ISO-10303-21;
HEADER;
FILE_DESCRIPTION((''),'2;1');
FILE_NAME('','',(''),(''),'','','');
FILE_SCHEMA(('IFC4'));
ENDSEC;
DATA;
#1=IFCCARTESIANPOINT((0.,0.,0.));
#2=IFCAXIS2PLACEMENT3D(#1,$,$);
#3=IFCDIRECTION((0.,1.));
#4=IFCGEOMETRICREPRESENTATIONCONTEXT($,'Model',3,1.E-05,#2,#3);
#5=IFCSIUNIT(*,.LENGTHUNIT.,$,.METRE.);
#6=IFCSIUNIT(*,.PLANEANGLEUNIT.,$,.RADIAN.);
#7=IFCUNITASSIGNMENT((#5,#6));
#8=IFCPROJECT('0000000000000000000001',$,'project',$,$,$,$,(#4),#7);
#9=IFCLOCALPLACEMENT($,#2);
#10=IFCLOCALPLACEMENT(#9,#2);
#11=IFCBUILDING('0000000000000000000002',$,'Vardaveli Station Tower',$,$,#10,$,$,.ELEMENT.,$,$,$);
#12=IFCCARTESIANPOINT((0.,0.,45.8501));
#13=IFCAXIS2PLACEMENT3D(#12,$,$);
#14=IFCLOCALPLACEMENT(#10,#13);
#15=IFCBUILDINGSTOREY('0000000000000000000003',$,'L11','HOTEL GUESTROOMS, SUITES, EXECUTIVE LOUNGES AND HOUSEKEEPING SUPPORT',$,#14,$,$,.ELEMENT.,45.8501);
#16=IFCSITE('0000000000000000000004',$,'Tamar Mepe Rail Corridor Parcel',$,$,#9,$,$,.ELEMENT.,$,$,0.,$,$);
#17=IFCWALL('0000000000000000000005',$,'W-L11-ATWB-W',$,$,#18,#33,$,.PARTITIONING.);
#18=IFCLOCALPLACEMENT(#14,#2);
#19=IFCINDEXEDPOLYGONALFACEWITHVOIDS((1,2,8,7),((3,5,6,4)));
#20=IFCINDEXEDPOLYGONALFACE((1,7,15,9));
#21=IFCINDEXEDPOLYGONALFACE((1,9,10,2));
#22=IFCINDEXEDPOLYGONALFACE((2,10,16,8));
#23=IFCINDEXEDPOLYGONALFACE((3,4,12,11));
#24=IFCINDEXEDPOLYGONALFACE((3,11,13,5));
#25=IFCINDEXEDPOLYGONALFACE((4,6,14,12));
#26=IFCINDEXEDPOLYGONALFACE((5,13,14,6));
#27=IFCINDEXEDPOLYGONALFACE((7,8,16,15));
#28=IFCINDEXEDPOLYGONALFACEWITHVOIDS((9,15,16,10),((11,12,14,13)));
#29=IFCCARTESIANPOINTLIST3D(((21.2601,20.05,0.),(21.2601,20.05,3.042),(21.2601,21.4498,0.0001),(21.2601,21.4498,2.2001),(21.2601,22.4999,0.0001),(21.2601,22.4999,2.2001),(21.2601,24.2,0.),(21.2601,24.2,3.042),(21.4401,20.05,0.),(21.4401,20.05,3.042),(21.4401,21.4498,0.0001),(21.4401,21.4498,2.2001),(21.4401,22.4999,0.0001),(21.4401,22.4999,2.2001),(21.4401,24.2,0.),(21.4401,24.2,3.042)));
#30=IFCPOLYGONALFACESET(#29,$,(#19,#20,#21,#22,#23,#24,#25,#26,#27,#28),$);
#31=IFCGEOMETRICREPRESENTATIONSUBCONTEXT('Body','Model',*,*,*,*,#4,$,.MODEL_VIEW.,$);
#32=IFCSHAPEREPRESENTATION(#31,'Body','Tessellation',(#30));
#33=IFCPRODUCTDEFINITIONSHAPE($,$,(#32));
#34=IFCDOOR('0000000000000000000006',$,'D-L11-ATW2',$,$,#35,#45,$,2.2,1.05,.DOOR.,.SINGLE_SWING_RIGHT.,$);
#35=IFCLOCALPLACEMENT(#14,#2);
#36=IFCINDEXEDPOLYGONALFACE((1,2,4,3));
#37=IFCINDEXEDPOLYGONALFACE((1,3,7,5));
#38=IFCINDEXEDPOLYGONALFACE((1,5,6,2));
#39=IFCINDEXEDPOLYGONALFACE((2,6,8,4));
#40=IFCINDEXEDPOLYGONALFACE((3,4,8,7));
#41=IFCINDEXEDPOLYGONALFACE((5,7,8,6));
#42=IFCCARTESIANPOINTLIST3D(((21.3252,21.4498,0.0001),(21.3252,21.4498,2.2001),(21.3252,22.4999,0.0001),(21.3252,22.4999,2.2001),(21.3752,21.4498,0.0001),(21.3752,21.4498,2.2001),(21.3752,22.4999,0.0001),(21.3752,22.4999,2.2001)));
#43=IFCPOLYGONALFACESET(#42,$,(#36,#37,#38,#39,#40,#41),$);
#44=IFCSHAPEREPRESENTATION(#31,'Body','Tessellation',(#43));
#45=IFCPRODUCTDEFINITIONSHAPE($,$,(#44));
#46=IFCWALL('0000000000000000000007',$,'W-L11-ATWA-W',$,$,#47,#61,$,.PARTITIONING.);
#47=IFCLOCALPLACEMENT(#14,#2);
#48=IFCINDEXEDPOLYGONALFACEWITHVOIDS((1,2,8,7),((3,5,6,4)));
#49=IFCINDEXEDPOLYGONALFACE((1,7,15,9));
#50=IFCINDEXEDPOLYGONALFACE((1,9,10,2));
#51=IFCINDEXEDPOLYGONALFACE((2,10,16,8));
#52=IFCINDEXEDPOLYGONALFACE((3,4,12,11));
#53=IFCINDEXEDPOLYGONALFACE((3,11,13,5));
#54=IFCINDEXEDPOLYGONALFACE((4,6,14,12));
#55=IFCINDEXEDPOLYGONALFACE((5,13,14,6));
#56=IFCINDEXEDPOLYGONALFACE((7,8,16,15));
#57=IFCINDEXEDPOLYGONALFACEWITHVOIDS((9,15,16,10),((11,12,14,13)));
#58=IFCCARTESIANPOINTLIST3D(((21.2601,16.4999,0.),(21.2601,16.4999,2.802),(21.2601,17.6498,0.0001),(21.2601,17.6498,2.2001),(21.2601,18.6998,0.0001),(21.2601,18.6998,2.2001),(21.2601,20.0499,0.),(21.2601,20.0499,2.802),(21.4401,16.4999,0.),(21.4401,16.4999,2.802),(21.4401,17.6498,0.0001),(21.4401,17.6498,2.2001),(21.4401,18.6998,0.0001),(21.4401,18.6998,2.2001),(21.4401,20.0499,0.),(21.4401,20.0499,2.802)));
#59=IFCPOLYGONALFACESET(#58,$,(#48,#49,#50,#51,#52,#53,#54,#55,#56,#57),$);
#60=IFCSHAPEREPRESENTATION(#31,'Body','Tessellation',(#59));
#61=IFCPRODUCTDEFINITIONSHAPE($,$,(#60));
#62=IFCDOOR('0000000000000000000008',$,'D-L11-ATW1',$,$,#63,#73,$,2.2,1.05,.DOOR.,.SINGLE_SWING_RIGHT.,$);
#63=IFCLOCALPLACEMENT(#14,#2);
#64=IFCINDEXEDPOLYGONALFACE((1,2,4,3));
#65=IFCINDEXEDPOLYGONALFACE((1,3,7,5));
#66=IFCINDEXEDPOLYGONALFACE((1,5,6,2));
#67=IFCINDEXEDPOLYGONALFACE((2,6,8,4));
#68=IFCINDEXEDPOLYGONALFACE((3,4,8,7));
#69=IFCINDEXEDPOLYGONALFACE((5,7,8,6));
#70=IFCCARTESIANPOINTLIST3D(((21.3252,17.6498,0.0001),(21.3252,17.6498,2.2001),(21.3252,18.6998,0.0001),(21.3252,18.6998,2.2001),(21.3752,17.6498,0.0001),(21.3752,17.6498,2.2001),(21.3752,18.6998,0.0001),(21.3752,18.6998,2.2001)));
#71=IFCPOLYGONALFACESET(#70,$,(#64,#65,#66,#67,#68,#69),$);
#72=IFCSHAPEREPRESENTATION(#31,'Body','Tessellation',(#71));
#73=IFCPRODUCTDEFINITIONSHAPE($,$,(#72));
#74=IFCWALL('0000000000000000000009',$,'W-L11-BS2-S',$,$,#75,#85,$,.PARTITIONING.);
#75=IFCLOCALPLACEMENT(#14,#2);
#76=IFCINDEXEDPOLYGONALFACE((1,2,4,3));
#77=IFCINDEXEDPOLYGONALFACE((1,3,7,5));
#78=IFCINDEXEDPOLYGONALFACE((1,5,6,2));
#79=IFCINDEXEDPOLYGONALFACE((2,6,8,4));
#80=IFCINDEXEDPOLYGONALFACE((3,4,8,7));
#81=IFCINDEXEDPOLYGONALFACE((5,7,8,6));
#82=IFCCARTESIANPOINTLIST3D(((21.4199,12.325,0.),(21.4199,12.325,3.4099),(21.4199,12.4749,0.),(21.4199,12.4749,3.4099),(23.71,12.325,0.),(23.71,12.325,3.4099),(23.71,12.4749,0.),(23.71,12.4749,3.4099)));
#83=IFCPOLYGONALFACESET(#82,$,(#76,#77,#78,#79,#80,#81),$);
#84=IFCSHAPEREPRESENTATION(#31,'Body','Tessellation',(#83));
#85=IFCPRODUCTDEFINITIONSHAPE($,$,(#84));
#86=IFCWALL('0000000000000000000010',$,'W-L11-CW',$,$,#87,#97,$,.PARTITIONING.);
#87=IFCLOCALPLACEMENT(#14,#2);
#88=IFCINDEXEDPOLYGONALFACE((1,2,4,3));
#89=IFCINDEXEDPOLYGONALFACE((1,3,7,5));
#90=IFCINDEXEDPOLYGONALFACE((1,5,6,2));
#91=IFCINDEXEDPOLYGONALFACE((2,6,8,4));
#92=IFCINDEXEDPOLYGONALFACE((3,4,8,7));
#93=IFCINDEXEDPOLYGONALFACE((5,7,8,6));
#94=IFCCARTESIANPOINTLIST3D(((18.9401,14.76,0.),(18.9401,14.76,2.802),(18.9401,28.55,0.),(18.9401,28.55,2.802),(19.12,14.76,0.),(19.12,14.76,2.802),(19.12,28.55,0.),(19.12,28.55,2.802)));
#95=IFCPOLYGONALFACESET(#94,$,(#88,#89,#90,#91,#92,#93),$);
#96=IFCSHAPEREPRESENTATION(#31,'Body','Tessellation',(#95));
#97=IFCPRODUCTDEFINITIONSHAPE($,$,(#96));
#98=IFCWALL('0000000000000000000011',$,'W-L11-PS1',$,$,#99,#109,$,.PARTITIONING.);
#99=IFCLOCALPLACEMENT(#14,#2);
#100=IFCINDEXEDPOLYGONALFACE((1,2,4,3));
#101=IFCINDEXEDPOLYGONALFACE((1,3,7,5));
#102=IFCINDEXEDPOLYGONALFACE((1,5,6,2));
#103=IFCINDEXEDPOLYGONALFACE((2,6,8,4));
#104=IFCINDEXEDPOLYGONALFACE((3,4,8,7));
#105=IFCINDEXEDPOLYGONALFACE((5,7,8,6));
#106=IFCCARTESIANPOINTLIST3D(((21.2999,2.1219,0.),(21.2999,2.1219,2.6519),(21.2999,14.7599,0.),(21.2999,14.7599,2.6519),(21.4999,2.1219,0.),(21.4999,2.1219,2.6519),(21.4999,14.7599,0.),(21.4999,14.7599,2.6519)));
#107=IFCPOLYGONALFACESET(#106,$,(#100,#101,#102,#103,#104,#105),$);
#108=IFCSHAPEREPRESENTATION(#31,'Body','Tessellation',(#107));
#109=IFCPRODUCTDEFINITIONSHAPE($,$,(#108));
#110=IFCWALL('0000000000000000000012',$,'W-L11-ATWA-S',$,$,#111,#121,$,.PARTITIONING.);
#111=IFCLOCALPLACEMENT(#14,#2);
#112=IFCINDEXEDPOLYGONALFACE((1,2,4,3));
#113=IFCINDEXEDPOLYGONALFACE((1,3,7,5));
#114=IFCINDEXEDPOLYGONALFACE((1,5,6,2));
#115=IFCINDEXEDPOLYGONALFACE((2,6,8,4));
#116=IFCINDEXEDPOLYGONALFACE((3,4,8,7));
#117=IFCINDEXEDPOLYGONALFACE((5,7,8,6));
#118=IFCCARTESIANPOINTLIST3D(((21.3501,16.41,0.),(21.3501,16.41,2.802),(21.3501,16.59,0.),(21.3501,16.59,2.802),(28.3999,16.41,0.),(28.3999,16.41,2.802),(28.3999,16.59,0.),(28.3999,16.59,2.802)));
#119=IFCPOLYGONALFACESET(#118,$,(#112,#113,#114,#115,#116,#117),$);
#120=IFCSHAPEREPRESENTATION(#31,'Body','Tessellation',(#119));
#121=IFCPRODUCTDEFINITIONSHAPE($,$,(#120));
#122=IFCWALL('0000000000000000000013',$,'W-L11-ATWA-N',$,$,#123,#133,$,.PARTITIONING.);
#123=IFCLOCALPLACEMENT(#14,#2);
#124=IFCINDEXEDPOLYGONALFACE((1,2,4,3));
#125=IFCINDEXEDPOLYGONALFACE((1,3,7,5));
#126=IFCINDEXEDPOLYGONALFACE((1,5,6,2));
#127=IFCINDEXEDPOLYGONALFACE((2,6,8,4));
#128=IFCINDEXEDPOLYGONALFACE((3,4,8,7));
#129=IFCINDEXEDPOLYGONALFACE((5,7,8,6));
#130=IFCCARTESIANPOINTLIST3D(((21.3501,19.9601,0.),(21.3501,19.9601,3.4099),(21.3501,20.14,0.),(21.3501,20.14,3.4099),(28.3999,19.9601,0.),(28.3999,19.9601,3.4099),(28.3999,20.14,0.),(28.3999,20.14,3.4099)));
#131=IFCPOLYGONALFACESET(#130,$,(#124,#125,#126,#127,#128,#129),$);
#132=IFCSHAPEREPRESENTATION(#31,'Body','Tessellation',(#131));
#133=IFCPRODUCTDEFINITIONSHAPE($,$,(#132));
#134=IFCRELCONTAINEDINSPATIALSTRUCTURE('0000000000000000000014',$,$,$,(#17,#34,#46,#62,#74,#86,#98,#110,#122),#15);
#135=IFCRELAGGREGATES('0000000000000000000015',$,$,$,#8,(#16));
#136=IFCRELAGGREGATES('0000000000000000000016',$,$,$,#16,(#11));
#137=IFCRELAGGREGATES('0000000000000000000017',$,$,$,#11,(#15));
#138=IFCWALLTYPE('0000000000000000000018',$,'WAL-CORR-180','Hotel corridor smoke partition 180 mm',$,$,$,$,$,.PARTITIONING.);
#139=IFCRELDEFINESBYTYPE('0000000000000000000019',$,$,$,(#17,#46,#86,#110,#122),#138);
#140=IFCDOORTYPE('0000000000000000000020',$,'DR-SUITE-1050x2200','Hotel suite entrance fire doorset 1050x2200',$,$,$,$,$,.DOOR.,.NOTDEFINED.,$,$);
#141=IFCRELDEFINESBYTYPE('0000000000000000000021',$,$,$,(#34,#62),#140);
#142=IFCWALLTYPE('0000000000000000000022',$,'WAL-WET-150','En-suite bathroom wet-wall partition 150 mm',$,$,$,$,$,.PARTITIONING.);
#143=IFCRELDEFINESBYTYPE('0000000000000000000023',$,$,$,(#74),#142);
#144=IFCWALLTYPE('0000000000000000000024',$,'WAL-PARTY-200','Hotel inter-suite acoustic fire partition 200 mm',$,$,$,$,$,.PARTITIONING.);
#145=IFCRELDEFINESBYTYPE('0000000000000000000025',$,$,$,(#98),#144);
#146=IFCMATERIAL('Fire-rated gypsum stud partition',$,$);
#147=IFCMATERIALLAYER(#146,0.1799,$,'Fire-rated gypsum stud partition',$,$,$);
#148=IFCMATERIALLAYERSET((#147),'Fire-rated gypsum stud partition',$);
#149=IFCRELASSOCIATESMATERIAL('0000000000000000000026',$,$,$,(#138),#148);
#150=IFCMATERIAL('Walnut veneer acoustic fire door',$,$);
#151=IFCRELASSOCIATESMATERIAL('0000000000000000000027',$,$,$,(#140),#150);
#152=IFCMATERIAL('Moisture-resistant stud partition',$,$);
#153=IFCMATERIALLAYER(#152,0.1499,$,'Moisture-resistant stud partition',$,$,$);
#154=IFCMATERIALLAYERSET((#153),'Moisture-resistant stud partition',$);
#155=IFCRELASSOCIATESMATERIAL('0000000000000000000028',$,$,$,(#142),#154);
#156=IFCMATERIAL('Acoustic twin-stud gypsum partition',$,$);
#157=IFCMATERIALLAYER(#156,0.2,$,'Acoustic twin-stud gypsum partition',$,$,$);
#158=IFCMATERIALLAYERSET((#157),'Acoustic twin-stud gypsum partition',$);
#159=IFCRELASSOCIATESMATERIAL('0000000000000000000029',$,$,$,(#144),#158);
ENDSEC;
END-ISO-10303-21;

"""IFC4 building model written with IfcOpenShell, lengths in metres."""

from ifc_helpers import new_model, si_unit, direction, frame, frame_2d, origin, place, context, subcontext, project, spatial, rectangle, extrude, source, transform, mapped, material, layer, layer_set, type_object, element, fill, save


model = new_model("IFC4")

# Units and contexts
model_context = context("Model", 3, precision=1e-05, world=origin(), true_north=direction((0.0, 1.0)))
body_context = subcontext(model_context, "Body", "Model", "MODEL_VIEW")
ifc_project = project(units=[si_unit("LENGTHUNIT", "METRE"), si_unit("PLANEANGLEUNIT", "RADIAN")], contexts=[model_context])

# Site, building, storey
site_placement = place(None, origin())
site = spatial("IfcSite", under=ifc_project, at=site_placement, Name="Tamar Mepe Rail Corridor Parcel", CompositionType="ELEMENT", RefElevation=0.0)
building_placement = place(site_placement, origin())
building = spatial("IfcBuilding", under=site, at=building_placement, Name="Vardaveli Station Tower", CompositionType="ELEMENT")
storey_placement = place(building_placement, frame((0.0, 0.0, 45.8501)))
storey = spatial("IfcBuildingStorey", under=building, at=storey_placement, Name="L11", Description="HOTEL GUESTROOMS, SUITES, EXECUTIVE LOUNGES AND HOUSEKEEPING SUPPORT", CompositionType="ELEMENT", Elevation=45.8501)

# Walls, openings, doors
ifc_material_1 = material(Name="Fire-rated gypsum stud partition")
ifc_layer_1 = layer(ifc_material_1, 0.1799, Name="Fire-rated gypsum stud partition")
ifc_layer_set_1 = layer_set([ifc_layer_1], Name="Fire-rated gypsum stud partition")
wall_type_1 = type_object("IfcWallType", Name="WAL-CORR-180", Description="Hotel corridor smoke partition 180 mm", PredefinedType="PARTITIONING", material=ifc_layer_set_1)
shared_shape_1 = source(origin(), body_context, "Body", "SweptSolid", [
    extrude(rectangle(XDim=4.1499, YDim=0.1799, at=frame_2d((2.075, 0.0))), origin(), (0.0, 0.0, 1.0), 3.042),
])
wall_1_placement = place(storey_placement, frame((21.3501, 20.05, 0.0), z_axis=(0.0, 0.0, 1.0), x_axis=(0.0, 1.0, 0.0)))
wall_1 = element("IfcWall", 1, at=wall_1_placement, inside=storey, type_object=wall_type_1, Name="W-L11-ATWB-W", PredefinedType="PARTITIONING", context=body_context, shape_type="MappedRepresentation", body=[
    mapped(shared_shape_1, transform((0.0, 0.0, 0.0), scale=1.0)),
])
shared_shape_2 = source(origin(), body_context, "Body", "SweptSolid", [
    extrude(rectangle(XDim=1.05, YDim=2.2, at=frame_2d((0.5249, 1.1001))), frame((0.0, 0.1001, 0.0), z_axis=(0.0, -1.0, 0.0), x_axis=(1.0, 0.0, 0.0)), (0.0, 0.0, 1.0), 0.2),
])
opening_1_placement = place(wall_1_placement, frame((1.3999, 0.0, 0.0)))
opening_1 = element("IfcOpeningElement", 2, at=opening_1_placement, cuts=wall_1, PredefinedType="OPENING", context=body_context, shape_type="MappedRepresentation", body=[
    mapped(shared_shape_2, transform((0.0, 0.0, 0.0), scale=1.0)),
])
ifc_material_2 = material(Name="Walnut veneer acoustic fire door")
door_type = type_object("IfcDoorType", Name="DR-SUITE-1050x2200", Description="Hotel suite entrance fire doorset 1050x2200", OperationType="NOTDEFINED", PredefinedType="DOOR", material=ifc_material_2)
shared_shape_3 = source(origin(), body_context, "Body", "SweptSolid", [
    extrude(rectangle(XDim=1.05, YDim=2.2, at=frame_2d((0.5249, 1.1001))), frame((0.0, 0.0249, 0.0), z_axis=(0.0, -1.0, 0.0), x_axis=(1.0, 0.0, 0.0)), (0.0, 0.0, 1.0), 0.05),
])
door_1_placement = place(opening_1_placement, origin())
door_1 = element("IfcDoor", 3, at=door_1_placement, inside=storey, type_object=door_type, Name="D-L11-ATW2", OperationType="SINGLE_SWING_RIGHT", OverallHeight=2.2, OverallWidth=1.05, PredefinedType="DOOR", context=body_context, shape_type="MappedRepresentation", body=[
    mapped(shared_shape_3, transform((0.0, 0.0, 0.0), scale=1.0)),
])
fill(opening_1, door_1)
shared_shape_4 = source(origin(), body_context, "Body", "SweptSolid", [
    extrude(rectangle(XDim=3.55, YDim=0.1799, at=frame_2d((1.7749, 0.0))), origin(), (0.0, 0.0, 1.0), 2.802),
])
wall_2_placement = place(storey_placement, frame((21.3501, 16.5, 0.0), z_axis=(0.0, 0.0, 1.0), x_axis=(0.0, 1.0, 0.0)))
wall_2 = element("IfcWall", 4, at=wall_2_placement, inside=storey, type_object=wall_type_1, Name="W-L11-ATWA-W", PredefinedType="PARTITIONING", context=body_context, shape_type="MappedRepresentation", body=[
    mapped(shared_shape_4, transform((0.0, 0.0, 0.0), scale=1.0)),
])
opening_2_placement = place(wall_2_placement, frame((1.1499, 0.0, 0.0)))
opening_2 = element("IfcOpeningElement", 5, at=opening_2_placement, cuts=wall_2, PredefinedType="OPENING", context=body_context, shape_type="MappedRepresentation", body=[
    mapped(shared_shape_2, transform((0.0, 0.0, 0.0), scale=1.0)),
])
door_2_placement = place(opening_2_placement, origin())
door_2 = element("IfcDoor", 6, at=door_2_placement, inside=storey, type_object=door_type, Name="D-L11-ATW1", OperationType="SINGLE_SWING_RIGHT", OverallHeight=2.2, OverallWidth=1.05, PredefinedType="DOOR", context=body_context, shape_type="MappedRepresentation", body=[
    mapped(shared_shape_3, transform((0.0, 0.0, 0.0), scale=1.0)),
])
fill(opening_2, door_2)

# Walls
ifc_material_3 = material(Name="Moisture-resistant stud partition")
ifc_layer_2 = layer(ifc_material_3, 0.1499, Name="Moisture-resistant stud partition")
ifc_layer_set_2 = layer_set([ifc_layer_2], Name="Moisture-resistant stud partition")
wall_type_2 = type_object("IfcWallType", Name="WAL-WET-150", Description="En-suite bathroom wet-wall partition 150 mm", PredefinedType="PARTITIONING", material=ifc_layer_set_2)
shared_shape_5 = source(origin(), body_context, "Body", "SweptSolid", [
    extrude(rectangle(XDim=2.29, YDim=0.1499, at=frame_2d((1.145, 0.0))), origin(), (0.0, 0.0, 1.0), 3.4099),
])
wall_3_placement = place(storey_placement, frame((21.4199, 12.3999, 0.0), z_axis=(0.0, 0.0, 1.0), x_axis=(1.0, 0.0, 0.0)))
element("IfcWall", 7, at=wall_3_placement, inside=storey, type_object=wall_type_2, Name="W-L11-BS2-S", PredefinedType="PARTITIONING", context=body_context, shape_type="MappedRepresentation", body=[
    mapped(shared_shape_5, transform((0.0, 0.0, 0.0), scale=1.0)),
])
shared_shape_6 = source(origin(), body_context, "Body", "SweptSolid", [
    extrude(rectangle(XDim=13.79, YDim=0.1799, at=frame_2d((6.895, 0.0))), origin(), (0.0, 0.0, 1.0), 2.802),
])
wall_4_placement = place(storey_placement, frame((19.03, 14.76, 0.0), z_axis=(0.0, 0.0, 1.0), x_axis=(0.0, 1.0, 0.0)))
element("IfcWall", 8, at=wall_4_placement, inside=storey, type_object=wall_type_1, Name="W-L11-CW", PredefinedType="PARTITIONING", context=body_context, shape_type="MappedRepresentation", body=[
    mapped(shared_shape_6, transform((0.0, 0.0, 0.0), scale=1.0)),
])
ifc_material_4 = material(Name="Acoustic twin-stud gypsum partition")
ifc_layer_3 = layer(ifc_material_4, 0.2, Name="Acoustic twin-stud gypsum partition")
ifc_layer_set_3 = layer_set([ifc_layer_3], Name="Acoustic twin-stud gypsum partition")
wall_type_3 = type_object("IfcWallType", Name="WAL-PARTY-200", Description="Hotel inter-suite acoustic fire partition 200 mm", PredefinedType="PARTITIONING", material=ifc_layer_set_3)
shared_shape_7 = source(origin(), body_context, "Body", "SweptSolid", [
    extrude(rectangle(XDim=12.6379, YDim=0.2, at=frame_2d((6.3188, 0.0))), origin(), (0.0, 0.0, 1.0), 2.6519),
])
wall_5_placement = place(storey_placement, frame((21.3999, 2.1221, 0.0), z_axis=(0.0, 0.0, 1.0), x_axis=(0.0, 1.0, 0.0)))
element("IfcWall", 9, at=wall_5_placement, inside=storey, type_object=wall_type_3, Name="W-L11-PS1", PredefinedType="PARTITIONING", context=body_context, shape_type="MappedRepresentation", body=[
    mapped(shared_shape_7, transform((0.0, 0.0, 0.0), scale=1.0)),
])
shared_shape_8 = source(origin(), body_context, "Body", "SweptSolid", [
    extrude(rectangle(XDim=7.0498, YDim=0.1799, at=frame_2d((3.5249, 0.0))), origin(), (0.0, 0.0, 1.0), 2.802),
])
wall_6_placement = place(storey_placement, frame((21.3501, 16.5, 0.0), z_axis=(0.0, 0.0, 1.0), x_axis=(1.0, 0.0, 0.0)))
element("IfcWall", 10, at=wall_6_placement, inside=storey, type_object=wall_type_1, Name="W-L11-ATWA-S", PredefinedType="PARTITIONING", context=body_context, shape_type="MappedRepresentation", body=[
    mapped(shared_shape_8, transform((0.0, 0.0, 0.0), scale=1.0)),
])
shared_shape_9 = source(origin(), body_context, "Body", "SweptSolid", [
    extrude(rectangle(XDim=7.0498, YDim=0.1799, at=frame_2d((3.5249, 0.0))), origin(), (0.0, 0.0, 1.0), 3.4099),
])
wall_7_placement = place(storey_placement, frame((21.3501, 20.05, 0.0), z_axis=(0.0, 0.0, 1.0), x_axis=(1.0, 0.0, 0.0)))
element("IfcWall", 11, at=wall_7_placement, inside=storey, type_object=wall_type_1, Name="W-L11-ATWA-N", PredefinedType="PARTITIONING", context=body_context, shape_type="MappedRepresentation", body=[
    mapped(shared_shape_9, transform((0.0, 0.0, 0.0), scale=1.0)),
])

save(model, "model.ifc")
